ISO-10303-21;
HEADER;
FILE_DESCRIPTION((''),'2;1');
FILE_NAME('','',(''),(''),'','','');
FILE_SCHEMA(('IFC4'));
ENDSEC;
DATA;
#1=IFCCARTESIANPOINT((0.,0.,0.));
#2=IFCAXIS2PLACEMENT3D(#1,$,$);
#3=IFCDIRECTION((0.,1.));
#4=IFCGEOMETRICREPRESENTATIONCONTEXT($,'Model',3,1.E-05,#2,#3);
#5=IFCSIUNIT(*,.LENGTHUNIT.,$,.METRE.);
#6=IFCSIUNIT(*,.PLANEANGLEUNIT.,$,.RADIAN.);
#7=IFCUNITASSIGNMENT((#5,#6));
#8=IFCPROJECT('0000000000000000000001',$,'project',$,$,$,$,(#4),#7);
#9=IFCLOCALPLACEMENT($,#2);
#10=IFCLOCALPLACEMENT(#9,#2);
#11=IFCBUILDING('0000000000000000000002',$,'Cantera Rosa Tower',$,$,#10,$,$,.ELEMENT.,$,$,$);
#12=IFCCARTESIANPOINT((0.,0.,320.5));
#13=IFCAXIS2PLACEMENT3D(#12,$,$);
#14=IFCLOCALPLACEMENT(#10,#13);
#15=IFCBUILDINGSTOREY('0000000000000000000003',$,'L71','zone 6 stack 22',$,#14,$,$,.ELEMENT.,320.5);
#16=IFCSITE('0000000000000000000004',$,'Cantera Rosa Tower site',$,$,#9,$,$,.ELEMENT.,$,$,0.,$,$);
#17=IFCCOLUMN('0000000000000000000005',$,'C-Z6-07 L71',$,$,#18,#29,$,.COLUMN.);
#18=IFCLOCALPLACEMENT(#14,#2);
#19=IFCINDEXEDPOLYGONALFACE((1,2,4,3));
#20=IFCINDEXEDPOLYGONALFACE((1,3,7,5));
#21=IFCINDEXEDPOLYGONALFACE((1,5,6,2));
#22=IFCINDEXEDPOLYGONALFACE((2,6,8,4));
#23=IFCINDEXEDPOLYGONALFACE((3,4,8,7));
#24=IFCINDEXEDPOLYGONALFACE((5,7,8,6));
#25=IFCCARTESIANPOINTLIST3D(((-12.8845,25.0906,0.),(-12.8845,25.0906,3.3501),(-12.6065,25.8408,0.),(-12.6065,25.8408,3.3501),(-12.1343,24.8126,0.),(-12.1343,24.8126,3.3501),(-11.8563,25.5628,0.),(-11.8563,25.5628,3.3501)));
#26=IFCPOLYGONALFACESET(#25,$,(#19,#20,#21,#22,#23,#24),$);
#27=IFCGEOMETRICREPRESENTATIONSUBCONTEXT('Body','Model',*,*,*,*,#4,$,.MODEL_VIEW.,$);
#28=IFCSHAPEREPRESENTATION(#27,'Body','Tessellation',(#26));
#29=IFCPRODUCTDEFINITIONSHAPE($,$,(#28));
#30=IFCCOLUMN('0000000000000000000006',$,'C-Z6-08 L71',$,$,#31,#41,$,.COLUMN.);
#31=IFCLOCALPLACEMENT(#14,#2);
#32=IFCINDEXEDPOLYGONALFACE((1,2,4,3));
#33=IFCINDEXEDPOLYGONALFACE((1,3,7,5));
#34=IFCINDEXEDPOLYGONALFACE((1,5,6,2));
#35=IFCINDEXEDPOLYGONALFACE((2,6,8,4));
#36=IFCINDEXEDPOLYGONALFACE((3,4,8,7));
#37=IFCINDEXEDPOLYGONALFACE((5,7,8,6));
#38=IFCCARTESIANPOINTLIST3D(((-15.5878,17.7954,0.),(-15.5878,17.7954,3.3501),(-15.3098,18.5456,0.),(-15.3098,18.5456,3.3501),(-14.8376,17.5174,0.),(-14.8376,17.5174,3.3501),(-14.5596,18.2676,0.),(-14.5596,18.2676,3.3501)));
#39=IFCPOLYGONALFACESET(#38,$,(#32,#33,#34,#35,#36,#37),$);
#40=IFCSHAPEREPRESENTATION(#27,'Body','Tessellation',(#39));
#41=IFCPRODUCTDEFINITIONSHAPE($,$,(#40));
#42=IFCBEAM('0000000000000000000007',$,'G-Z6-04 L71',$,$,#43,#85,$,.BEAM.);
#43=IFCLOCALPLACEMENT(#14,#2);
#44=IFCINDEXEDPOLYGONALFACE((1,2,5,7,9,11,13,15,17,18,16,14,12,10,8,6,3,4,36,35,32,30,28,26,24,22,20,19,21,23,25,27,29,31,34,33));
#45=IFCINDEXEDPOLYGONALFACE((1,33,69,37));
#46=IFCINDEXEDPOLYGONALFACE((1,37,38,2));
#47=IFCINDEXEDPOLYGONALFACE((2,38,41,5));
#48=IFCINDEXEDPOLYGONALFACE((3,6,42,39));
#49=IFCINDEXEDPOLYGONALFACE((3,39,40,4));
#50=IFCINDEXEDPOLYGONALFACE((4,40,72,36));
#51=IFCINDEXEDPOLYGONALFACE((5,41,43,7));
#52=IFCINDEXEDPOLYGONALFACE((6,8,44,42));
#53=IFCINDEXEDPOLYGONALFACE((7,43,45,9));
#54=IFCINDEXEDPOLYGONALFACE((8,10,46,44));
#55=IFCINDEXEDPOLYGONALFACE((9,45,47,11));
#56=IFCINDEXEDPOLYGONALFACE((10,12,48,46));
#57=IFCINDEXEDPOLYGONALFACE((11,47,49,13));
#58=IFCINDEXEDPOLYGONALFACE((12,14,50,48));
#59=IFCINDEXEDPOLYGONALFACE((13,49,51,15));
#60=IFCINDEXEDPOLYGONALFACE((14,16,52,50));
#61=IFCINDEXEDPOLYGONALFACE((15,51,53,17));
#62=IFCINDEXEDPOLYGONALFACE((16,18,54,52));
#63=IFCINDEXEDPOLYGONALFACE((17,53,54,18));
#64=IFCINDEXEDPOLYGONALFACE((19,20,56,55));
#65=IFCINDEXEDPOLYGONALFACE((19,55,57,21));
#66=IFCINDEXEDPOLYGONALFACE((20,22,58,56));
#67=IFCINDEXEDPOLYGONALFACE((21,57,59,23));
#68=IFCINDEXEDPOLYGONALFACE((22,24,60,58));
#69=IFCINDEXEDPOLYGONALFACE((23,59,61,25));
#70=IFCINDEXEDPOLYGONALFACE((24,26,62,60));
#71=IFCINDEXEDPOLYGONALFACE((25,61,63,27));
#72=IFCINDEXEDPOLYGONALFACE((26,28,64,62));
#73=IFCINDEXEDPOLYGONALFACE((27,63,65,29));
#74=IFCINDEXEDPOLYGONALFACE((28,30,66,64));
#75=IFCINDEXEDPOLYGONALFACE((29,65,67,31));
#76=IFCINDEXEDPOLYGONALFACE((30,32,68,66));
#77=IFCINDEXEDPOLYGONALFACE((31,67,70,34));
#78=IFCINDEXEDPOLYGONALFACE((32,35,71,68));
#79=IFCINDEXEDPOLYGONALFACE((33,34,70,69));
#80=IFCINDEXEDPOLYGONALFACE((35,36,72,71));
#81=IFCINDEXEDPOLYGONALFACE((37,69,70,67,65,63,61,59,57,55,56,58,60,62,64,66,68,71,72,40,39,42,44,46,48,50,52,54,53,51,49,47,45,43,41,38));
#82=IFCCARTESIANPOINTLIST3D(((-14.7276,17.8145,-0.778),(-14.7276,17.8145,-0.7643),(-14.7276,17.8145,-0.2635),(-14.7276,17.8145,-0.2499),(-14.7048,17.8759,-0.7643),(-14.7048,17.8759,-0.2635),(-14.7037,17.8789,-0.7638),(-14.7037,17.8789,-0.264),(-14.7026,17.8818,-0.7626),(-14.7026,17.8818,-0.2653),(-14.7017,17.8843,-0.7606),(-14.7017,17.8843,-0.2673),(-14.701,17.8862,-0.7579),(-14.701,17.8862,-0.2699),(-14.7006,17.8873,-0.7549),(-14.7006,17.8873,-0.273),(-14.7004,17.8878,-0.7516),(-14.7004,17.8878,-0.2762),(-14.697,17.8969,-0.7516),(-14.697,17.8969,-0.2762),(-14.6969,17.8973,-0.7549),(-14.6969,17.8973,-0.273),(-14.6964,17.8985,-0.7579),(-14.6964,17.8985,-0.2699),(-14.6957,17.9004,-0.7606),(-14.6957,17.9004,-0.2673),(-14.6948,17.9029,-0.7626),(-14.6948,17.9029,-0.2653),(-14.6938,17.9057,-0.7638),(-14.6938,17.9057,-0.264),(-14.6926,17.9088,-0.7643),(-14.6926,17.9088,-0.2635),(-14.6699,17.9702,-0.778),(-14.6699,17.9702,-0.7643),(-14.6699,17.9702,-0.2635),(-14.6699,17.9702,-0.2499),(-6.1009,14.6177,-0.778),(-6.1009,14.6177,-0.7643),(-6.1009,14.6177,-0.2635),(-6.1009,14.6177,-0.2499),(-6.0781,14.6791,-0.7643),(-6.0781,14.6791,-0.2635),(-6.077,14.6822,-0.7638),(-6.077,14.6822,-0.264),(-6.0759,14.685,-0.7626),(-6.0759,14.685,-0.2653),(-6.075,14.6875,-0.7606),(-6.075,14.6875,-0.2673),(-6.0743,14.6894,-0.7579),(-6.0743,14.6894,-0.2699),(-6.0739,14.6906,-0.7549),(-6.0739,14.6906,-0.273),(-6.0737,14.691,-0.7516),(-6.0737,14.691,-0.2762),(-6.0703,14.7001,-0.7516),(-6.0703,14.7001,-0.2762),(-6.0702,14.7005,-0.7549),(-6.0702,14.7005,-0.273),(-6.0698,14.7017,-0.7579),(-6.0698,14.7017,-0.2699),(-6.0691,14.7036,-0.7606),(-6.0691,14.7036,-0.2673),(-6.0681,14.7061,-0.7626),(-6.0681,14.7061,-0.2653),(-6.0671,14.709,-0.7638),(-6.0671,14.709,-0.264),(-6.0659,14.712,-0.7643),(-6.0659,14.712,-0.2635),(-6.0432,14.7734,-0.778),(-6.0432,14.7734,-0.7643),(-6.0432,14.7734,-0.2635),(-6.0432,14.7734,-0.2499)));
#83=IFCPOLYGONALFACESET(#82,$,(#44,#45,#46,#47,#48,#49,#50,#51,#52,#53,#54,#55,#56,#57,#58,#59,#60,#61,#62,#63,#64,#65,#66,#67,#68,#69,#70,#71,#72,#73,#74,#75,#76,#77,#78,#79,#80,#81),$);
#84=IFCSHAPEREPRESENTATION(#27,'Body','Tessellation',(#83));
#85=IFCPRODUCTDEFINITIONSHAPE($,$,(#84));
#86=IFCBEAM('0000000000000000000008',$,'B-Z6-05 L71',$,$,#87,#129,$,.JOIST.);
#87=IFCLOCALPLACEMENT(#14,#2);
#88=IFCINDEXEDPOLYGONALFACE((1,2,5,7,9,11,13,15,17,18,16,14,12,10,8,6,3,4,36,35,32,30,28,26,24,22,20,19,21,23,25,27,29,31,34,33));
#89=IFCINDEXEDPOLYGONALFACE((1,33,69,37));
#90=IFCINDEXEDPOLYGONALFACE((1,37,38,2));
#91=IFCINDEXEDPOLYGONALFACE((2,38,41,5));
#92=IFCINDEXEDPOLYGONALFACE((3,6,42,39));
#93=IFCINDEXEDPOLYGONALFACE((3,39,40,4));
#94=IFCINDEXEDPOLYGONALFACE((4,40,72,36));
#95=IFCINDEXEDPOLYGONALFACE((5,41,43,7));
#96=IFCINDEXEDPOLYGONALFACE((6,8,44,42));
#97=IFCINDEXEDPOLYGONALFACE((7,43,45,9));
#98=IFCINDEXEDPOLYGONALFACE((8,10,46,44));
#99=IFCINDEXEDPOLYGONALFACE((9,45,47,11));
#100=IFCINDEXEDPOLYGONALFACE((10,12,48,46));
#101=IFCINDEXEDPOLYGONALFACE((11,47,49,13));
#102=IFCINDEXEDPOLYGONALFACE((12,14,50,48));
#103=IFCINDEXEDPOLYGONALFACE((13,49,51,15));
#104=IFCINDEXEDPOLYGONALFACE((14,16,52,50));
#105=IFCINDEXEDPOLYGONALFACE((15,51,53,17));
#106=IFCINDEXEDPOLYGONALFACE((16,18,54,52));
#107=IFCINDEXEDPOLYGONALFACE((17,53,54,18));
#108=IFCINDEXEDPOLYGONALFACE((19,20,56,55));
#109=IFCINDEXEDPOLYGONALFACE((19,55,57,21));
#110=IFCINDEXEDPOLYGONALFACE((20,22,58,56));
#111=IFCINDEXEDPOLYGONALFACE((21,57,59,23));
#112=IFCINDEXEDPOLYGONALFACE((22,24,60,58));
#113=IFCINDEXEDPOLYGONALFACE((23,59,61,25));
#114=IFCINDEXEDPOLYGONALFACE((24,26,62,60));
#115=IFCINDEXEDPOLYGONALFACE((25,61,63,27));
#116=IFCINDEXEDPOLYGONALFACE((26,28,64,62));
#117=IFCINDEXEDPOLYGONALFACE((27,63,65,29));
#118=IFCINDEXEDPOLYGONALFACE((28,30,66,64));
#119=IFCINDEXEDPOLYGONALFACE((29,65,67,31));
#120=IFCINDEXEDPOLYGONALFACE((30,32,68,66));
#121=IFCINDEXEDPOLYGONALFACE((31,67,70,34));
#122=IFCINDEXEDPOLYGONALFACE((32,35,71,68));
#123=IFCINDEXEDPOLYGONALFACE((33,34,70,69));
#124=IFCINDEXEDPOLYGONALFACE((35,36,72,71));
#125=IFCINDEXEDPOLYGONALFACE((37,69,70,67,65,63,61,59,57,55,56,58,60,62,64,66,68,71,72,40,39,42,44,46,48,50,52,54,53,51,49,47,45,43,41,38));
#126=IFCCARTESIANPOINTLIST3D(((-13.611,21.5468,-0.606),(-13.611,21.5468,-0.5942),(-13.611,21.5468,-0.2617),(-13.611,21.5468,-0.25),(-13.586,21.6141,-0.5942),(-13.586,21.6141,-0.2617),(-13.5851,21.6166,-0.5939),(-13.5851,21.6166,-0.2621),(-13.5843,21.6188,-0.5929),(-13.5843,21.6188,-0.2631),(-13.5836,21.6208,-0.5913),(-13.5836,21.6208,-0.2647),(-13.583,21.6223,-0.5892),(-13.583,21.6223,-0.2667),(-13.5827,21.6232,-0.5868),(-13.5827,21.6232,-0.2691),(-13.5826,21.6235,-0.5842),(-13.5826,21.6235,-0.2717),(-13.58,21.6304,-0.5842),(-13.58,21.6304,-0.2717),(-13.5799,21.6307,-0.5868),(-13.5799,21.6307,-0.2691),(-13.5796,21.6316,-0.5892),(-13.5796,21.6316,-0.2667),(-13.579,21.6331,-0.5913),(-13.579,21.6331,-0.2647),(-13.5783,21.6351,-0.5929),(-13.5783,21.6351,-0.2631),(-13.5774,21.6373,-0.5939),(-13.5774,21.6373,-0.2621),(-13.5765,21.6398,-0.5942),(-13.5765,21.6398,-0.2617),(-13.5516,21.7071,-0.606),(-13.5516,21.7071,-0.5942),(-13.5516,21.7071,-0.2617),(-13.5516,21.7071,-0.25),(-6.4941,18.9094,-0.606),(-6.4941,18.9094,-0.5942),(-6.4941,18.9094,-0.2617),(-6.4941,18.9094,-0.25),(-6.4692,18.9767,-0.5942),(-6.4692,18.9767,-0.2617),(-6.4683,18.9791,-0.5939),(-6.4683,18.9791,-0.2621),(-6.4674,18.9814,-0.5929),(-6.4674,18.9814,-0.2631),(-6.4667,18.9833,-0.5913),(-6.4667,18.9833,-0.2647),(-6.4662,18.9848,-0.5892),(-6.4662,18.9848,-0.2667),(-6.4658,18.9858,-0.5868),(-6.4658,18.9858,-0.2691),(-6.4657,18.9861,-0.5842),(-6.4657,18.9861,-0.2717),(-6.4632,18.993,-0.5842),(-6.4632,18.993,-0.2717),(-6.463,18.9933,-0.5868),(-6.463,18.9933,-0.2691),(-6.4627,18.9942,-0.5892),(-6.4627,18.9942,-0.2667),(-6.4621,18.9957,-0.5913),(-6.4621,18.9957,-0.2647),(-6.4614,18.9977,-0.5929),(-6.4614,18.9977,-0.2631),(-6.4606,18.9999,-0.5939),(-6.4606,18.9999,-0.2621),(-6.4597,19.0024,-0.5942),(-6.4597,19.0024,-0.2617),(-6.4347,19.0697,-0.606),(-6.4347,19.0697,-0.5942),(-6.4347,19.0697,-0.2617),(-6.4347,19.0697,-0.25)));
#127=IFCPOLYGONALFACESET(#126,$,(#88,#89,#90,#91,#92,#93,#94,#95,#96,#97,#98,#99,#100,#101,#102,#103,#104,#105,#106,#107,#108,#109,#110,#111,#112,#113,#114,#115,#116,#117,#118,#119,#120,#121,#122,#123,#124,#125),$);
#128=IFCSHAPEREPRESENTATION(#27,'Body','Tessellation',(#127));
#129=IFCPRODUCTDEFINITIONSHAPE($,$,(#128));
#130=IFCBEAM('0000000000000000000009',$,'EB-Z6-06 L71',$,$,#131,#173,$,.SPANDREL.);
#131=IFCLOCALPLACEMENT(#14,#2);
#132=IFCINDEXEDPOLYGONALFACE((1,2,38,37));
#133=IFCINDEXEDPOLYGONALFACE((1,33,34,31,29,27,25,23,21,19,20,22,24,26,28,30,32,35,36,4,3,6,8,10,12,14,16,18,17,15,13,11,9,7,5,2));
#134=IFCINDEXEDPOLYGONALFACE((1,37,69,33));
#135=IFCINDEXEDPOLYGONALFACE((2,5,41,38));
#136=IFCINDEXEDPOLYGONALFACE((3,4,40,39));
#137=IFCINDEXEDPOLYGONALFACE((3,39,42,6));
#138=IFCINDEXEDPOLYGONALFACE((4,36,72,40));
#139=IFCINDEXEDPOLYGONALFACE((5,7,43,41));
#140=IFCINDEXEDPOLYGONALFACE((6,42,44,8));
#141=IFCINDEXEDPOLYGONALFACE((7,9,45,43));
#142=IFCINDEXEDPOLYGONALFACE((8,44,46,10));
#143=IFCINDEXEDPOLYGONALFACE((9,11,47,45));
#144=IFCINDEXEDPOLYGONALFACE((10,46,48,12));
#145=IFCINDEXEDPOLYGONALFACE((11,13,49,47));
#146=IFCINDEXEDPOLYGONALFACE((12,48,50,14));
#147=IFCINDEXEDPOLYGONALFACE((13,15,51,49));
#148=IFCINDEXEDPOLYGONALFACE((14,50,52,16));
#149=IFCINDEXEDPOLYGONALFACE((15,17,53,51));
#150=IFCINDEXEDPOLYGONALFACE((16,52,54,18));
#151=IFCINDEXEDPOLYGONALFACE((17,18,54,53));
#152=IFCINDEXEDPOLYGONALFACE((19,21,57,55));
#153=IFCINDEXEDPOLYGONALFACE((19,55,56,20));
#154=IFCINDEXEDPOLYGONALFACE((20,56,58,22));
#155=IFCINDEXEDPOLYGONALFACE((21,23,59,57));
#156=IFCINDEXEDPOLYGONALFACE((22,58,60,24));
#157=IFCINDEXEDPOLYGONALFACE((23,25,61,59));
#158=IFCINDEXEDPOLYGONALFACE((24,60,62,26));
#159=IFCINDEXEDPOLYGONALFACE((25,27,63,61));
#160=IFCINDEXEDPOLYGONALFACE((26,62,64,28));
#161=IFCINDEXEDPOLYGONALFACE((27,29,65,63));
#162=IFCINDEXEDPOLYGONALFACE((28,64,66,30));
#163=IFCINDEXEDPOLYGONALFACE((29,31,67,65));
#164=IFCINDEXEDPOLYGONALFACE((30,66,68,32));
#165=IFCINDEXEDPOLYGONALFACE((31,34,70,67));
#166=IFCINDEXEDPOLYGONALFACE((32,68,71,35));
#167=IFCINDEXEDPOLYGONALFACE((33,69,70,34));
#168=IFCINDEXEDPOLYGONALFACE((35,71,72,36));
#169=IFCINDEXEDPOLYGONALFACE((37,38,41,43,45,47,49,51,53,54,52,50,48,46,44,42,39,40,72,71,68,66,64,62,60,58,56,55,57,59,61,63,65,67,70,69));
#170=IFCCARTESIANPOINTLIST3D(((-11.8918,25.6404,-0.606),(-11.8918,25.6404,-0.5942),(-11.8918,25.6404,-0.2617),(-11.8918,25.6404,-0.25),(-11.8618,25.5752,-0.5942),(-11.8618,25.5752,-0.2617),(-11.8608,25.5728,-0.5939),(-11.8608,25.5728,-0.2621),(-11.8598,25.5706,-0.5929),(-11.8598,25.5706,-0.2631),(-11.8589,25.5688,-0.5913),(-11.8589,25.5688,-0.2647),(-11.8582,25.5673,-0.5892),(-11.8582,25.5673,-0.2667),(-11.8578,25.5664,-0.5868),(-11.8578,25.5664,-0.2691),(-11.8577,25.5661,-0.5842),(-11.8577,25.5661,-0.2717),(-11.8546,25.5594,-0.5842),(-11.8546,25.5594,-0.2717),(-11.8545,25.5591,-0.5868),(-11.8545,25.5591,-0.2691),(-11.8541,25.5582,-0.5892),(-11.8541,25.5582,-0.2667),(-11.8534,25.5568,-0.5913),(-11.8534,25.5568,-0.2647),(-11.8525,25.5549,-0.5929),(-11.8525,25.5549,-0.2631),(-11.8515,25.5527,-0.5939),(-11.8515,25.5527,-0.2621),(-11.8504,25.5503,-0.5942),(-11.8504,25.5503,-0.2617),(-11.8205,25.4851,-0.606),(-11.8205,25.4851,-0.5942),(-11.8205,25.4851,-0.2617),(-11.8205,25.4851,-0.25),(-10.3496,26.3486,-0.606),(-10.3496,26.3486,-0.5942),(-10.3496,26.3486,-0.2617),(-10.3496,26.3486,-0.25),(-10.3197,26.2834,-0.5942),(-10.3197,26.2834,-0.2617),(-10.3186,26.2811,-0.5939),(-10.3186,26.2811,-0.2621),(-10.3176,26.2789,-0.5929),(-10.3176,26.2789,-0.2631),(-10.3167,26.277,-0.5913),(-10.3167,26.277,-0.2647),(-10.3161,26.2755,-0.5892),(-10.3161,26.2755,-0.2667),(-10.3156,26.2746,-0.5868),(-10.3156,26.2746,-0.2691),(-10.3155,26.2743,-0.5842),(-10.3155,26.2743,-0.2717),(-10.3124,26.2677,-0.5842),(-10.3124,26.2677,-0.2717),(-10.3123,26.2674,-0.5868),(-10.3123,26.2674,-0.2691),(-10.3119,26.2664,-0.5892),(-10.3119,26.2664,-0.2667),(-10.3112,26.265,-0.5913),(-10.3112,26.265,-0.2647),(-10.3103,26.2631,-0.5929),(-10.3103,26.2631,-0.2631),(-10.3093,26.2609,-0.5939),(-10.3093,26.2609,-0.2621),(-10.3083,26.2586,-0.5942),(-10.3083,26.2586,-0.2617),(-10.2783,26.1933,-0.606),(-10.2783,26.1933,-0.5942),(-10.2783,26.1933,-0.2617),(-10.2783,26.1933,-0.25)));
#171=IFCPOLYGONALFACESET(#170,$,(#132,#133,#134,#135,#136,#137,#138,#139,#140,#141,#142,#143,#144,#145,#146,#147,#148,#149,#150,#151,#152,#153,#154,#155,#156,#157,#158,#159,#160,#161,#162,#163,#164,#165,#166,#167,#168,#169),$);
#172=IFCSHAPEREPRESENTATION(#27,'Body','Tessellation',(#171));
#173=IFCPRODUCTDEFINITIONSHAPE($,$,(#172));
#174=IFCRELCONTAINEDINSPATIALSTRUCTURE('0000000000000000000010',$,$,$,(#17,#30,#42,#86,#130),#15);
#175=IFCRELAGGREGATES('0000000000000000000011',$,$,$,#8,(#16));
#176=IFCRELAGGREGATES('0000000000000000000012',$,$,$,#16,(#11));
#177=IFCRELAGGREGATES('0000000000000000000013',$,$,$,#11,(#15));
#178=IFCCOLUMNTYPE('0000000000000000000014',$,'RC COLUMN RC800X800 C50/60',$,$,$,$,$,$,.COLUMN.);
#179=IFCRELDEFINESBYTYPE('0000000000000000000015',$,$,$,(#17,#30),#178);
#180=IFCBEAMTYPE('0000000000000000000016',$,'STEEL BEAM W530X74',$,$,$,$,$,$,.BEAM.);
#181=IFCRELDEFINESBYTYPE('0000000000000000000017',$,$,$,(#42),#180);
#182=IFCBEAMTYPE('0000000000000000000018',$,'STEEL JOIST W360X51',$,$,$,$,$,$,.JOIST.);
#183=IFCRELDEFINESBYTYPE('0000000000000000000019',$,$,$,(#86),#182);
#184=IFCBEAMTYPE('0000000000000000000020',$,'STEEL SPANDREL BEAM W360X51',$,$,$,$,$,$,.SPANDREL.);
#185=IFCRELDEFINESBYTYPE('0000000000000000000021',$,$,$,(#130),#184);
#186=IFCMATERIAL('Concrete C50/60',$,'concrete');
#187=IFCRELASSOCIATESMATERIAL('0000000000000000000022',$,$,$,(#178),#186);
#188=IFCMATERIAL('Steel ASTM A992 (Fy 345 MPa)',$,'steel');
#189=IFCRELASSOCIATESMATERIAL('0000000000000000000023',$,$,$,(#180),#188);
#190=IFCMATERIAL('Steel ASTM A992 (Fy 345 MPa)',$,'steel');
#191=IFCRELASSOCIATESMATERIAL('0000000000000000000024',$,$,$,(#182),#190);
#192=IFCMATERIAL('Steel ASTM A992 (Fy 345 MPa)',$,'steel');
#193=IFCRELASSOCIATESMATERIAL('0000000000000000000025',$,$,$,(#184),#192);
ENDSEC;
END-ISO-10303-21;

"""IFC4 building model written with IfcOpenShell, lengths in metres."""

from ifc_helpers import new_model, si_unit, direction, frame, origin, origin_2d, place, context, subcontext, project, spatial, rectangle, i_section, extrude, material, material_profile, profile_set, type_object, element, save


model = new_model("IFC4")

# Units and contexts
model_context = context("Model", 3, precision=1e-05, world=origin(), true_north=direction((0.0, 1.0)))
body_context = subcontext(model_context, "Body", "Model", "MODEL_VIEW")
ifc_project = project(units=[si_unit("LENGTHUNIT", "METRE"), si_unit("PLANEANGLEUNIT", "RADIAN")], contexts=[model_context])

# Site, building, storey
site_placement = place(None, origin())
site = spatial("IfcSite", under=ifc_project, at=site_placement, Name="Cantera Rosa Tower site", CompositionType="ELEMENT", RefElevation=0.0)
building_placement = place(site_placement, origin())
building = spatial("IfcBuilding", under=site, at=building_placement, Name="Cantera Rosa Tower", CompositionType="ELEMENT")
storey_placement = place(building_placement, frame((0.0, 0.0, 320.5)))
storey = spatial("IfcBuildingStorey", under=building, at=storey_placement, Name="L71", Description="zone 6 stack 22", CompositionType="ELEMENT", Elevation=320.5)

# Columns
ifc_material_1 = material(Name="Concrete C50/60", Category="concrete")
ifc_material_profile_1 = material_profile(ifc_material_1, rectangle(XDim=0.8, YDim=0.8, at=origin_2d()), Name="RC COLUMN RC800X800 C50/60")
ifc_profile_set_1 = profile_set([ifc_material_profile_1], Name="Concrete C50/60")
column_type = type_object("IfcColumnType", Name="RC COLUMN RC800X800 C50/60", PredefinedType="COLUMN", material=ifc_profile_set_1)
for number, where, z_axis, x_axis, name in (
    (1, (-12.3704, 25.3267, 0.0), (0.0, 0.0, 1.0), (0.347481, 0.937687, 0.0), "C-Z6-07 L71"),
    (2, (-15.0737, 18.0315, 0.0), (0.0, 0.0, 1.0), (0.347481, 0.937687, 0.0), "C-Z6-08 L71"),
):
    element("IfcColumn", number, at=place(storey_placement, frame(where, z_axis=z_axis, x_axis=x_axis)), inside=storey, type_object=column_type, Name=name, PredefinedType="COLUMN", context=body_context, shape_type="SweptSolid", body=[
        extrude(rectangle(XDim=0.8, YDim=0.8, at=origin_2d()), origin(), (0.0, 0.0, 1.0), 3.3501),
    ])

# Beams
ifc_material_2 = material(Name="Steel ASTM A992 (Fy 345 MPa)", Category="steel")
ifc_material_profile_2 = material_profile(ifc_material_2, i_section(OverallWidth=0.166, OverallDepth=0.5281, WebThickness=0.0098, FlangeThickness=0.0137, FilletRadius=0.0127, at=origin_2d()), Name="W530X74")
ifc_profile_set_2 = profile_set([ifc_material_profile_2], Name="Steel ASTM A992 (Fy 345 MPa)")
beam_type_1 = type_object("IfcBeamType", Name="STEEL BEAM W530X74", PredefinedType="BEAM", material=ifc_profile_set_2)
beam_1_placement = place(storey_placement, frame((-14.6987, 17.8923, -0.5139), z_axis=(0.937689, -0.347477, 0.0), x_axis=(0.347477, 0.937689, 0.0)))
element("IfcBeam", 3, at=beam_1_placement, inside=storey, type_object=beam_type_1, Name="G-Z6-04 L71", PredefinedType="BEAM", context=body_context, shape_type="SweptSolid", body=[
    extrude(i_section(OverallWidth=0.166, OverallDepth=0.5281, WebThickness=0.0098, FlangeThickness=0.0137, FilletRadius=0.0127, at=origin_2d()), origin(), (0.0, 0.0, 1.0), 9.2),
])
ifc_material_3 = material(Name="Steel ASTM A992 (Fy 345 MPa)", Category="steel")
ifc_material_profile_3 = material_profile(ifc_material_3, i_section(OverallWidth=0.1709, OverallDepth=0.356, WebThickness=0.0073, FlangeThickness=0.0117, FilletRadius=0.01, at=origin_2d()), Name="W360X51")
ifc_profile_set_3 = profile_set([ifc_material_profile_3], Name="Steel ASTM A992 (Fy 345 MPa)")
beam_type_2 = type_object("IfcBeamType", Name="STEEL JOIST W360X51", PredefinedType="JOIST", material=ifc_profile_set_3)
beam_2_placement = place(storey_placement, frame((-13.5813, 21.627, -0.428), z_axis=(0.937682, -0.347493, 0.0), x_axis=(0.347493, 0.937682, 0.0)))
element("IfcBeam", 4, at=beam_2_placement, inside=storey, type_object=beam_type_2, Name="B-Z6-05 L71", PredefinedType="JOIST", context=body_context, shape_type="SweptSolid", body=[
    extrude(i_section(OverallWidth=0.1709, OverallDepth=0.356, WebThickness=0.0073, FlangeThickness=0.0117, FilletRadius=0.01, at=origin_2d()), origin(), (0.0, 0.0, 1.0), 7.5898),
])
ifc_material_4 = material(Name="Steel ASTM A992 (Fy 345 MPa)", Category="steel")
ifc_material_profile_4 = material_profile(ifc_material_4, i_section(OverallWidth=0.1709, OverallDepth=0.356, WebThickness=0.0073, FlangeThickness=0.0117, FilletRadius=0.01, at=origin_2d()), Name="W360X51")
ifc_profile_set_4 = profile_set([ifc_material_profile_4], Name="Steel ASTM A992 (Fy 345 MPa)")
beam_type_3 = type_object("IfcBeamType", Name="STEEL SPANDREL BEAM W360X51", PredefinedType="SPANDREL", material=ifc_profile_set_4)
beam_3_placement = place(storey_placement, frame((-10.314, 26.271, -0.428), z_axis=(-0.908754, -0.417333, 0.0), x_axis=(0.417333, -0.908754, 0.0)))
element("IfcBeam", 5, at=beam_3_placement, inside=storey, type_object=beam_type_3, Name="EB-Z6-06 L71", PredefinedType="SPANDREL", context=body_context, shape_type="SweptSolid", body=[
    extrude(i_section(OverallWidth=0.1709, OverallDepth=0.356, WebThickness=0.0073, FlangeThickness=0.0117, FilletRadius=0.01, at=origin_2d()), origin(), (0.0, 0.0, 1.0), 1.697),
])

save(model, "model.ifc")
